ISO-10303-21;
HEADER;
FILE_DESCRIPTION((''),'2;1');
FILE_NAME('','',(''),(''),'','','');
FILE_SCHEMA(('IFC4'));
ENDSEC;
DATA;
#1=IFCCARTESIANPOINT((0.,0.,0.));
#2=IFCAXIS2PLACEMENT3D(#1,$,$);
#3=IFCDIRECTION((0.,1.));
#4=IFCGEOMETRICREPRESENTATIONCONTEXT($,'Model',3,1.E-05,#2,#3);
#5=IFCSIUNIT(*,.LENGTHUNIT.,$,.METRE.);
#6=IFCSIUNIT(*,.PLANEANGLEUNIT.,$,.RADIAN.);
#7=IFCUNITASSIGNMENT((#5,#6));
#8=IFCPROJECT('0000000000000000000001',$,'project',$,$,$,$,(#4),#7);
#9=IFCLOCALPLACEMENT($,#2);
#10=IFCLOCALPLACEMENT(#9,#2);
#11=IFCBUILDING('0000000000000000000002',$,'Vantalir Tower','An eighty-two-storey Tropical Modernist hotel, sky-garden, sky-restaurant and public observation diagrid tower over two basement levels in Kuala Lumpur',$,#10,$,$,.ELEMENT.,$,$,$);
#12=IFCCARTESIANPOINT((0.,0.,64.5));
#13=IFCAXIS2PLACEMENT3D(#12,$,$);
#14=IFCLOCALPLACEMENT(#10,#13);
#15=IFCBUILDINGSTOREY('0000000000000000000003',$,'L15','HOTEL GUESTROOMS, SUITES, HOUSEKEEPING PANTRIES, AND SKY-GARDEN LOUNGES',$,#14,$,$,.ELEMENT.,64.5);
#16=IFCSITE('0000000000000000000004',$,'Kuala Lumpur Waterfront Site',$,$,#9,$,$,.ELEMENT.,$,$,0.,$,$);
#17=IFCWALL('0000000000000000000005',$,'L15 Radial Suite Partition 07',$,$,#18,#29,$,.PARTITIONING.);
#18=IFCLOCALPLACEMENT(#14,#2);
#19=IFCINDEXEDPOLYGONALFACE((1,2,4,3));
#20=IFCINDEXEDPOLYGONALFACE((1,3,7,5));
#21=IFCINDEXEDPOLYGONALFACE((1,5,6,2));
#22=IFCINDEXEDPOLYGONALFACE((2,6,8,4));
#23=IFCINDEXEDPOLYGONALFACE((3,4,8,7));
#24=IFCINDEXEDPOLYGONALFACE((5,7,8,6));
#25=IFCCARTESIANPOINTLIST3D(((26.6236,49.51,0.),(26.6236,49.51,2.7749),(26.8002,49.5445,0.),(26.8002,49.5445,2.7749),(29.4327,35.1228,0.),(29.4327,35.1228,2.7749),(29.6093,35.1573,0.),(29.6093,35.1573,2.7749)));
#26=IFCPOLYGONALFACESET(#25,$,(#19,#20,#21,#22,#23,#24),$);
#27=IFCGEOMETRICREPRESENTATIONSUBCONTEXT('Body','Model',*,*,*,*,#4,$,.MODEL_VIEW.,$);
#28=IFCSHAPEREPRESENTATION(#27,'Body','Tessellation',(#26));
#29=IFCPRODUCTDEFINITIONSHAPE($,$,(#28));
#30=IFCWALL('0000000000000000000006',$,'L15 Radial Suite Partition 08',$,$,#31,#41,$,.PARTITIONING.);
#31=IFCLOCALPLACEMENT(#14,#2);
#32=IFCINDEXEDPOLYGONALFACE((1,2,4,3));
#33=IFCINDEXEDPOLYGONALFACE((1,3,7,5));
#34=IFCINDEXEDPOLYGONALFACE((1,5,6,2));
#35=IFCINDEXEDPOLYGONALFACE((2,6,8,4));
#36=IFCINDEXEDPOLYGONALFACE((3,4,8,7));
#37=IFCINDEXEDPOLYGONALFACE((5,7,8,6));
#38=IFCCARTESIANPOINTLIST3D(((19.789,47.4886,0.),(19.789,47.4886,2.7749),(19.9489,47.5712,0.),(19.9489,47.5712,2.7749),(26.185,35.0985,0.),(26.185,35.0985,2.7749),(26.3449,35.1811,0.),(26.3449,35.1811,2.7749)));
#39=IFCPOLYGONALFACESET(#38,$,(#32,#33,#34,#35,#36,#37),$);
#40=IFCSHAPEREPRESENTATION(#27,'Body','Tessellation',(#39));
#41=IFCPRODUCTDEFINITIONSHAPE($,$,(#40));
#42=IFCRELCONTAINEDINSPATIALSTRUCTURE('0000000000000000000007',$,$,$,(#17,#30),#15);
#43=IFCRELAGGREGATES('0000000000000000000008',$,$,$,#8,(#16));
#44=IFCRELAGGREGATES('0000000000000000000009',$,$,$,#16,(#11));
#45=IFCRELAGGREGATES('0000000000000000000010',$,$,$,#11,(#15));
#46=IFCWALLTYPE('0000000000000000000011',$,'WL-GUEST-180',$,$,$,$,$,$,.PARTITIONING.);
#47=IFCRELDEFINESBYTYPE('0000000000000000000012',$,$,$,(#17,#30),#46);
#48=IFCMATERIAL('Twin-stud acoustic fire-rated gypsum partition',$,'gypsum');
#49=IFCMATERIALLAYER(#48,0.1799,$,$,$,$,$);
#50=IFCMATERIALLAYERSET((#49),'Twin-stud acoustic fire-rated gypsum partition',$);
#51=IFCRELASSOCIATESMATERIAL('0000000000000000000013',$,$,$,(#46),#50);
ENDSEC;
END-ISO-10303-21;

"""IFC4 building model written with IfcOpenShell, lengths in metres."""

from ifc_helpers import new_model, si_unit, direction, frame, frame_2d, origin, place, context, subcontext, project, spatial, rectangle, extrude, material, layer, layer_set, type_object, element, save


model = new_model("IFC4")

# Units and contexts
model_context = context("Model", 3, precision=1e-05, world=origin(), true_north=direction((0.0, 1.0)))
body_context = subcontext(model_context, "Body", "Model", "MODEL_VIEW")
ifc_project = project(units=[si_unit("LENGTHUNIT", "METRE"), si_unit("PLANEANGLEUNIT", "RADIAN")], contexts=[model_context])

# Site, building, storey
site_placement = place(None, origin())
site = spatial("IfcSite", under=ifc_project, at=site_placement, Name="Kuala Lumpur Waterfront Site", CompositionType="ELEMENT", RefElevation=0.0)
building_placement = place(site_placement, origin())
building = spatial("IfcBuilding", under=site, at=building_placement, Name="Vantalir Tower", Description="An eighty-two-storey Tropical Modernist hotel, sky-garden, sky-restaurant and public observation diagrid tower over two basement levels in Kuala Lumpur", CompositionType="ELEMENT")
storey_placement = place(building_placement, frame((0.0, 0.0, 64.5)))
storey = spatial("IfcBuildingStorey", under=building, at=storey_placement, Name="L15", Description="HOTEL GUESTROOMS, SUITES, HOUSEKEEPING PANTRIES, AND SKY-GARDEN LOUNGES", CompositionType="ELEMENT", Elevation=64.5)

# Walls
ifc_material_1 = material(Name="Twin-stud acoustic fire-rated gypsum partition", Category="gypsum")
ifc_layer_1 = layer(ifc_material_1, 0.1799)
ifc_layer_set_1 = layer_set([ifc_layer_1], Name="Twin-stud acoustic fire-rated gypsum partition")
wall_type_1 = type_object("IfcWallType", Name="WL-GUEST-180", PredefinedType="PARTITIONING", material=ifc_layer_set_1)
wall_1_placement = place(storey_placement, frame((29.521, 35.1399, 0.0), z_axis=(0.0, 0.0, 1.0), x_axis=(-0.19163, 0.981467, 0.0)))
element("IfcWall", 1, at=wall_1_placement, inside=storey, type_object=wall_type_1, Name="L15 Radial Suite Partition 07", PredefinedType="PARTITIONING", context=body_context, shape_type="SweptSolid", body=[
    extrude(rectangle(XDim=14.6589, YDim=0.1799, at=frame_2d((7.3296, 0.0))), origin(), (0.0, 0.0, 1.0), 2.7749),
])
wall_2_placement = place(storey_placement, frame((26.2649, 35.1399, 0.0), z_axis=(0.0, 0.0, 1.0), x_axis=(-0.458704, 0.888589, 0.0)))
element("IfcWall", 2, at=wall_2_placement, inside=storey, type_object=wall_type_1, Name="L15 Radial Suite Partition 08", PredefinedType="PARTITIONING", context=body_context, shape_type="SweptSolid", body=[
    extrude(rectangle(XDim=13.9436, YDim=0.1799, at=frame_2d((6.9717, 0.0))), origin(), (0.0, 0.0, 1.0), 2.7749),
])

save(model, "model.ifc")
